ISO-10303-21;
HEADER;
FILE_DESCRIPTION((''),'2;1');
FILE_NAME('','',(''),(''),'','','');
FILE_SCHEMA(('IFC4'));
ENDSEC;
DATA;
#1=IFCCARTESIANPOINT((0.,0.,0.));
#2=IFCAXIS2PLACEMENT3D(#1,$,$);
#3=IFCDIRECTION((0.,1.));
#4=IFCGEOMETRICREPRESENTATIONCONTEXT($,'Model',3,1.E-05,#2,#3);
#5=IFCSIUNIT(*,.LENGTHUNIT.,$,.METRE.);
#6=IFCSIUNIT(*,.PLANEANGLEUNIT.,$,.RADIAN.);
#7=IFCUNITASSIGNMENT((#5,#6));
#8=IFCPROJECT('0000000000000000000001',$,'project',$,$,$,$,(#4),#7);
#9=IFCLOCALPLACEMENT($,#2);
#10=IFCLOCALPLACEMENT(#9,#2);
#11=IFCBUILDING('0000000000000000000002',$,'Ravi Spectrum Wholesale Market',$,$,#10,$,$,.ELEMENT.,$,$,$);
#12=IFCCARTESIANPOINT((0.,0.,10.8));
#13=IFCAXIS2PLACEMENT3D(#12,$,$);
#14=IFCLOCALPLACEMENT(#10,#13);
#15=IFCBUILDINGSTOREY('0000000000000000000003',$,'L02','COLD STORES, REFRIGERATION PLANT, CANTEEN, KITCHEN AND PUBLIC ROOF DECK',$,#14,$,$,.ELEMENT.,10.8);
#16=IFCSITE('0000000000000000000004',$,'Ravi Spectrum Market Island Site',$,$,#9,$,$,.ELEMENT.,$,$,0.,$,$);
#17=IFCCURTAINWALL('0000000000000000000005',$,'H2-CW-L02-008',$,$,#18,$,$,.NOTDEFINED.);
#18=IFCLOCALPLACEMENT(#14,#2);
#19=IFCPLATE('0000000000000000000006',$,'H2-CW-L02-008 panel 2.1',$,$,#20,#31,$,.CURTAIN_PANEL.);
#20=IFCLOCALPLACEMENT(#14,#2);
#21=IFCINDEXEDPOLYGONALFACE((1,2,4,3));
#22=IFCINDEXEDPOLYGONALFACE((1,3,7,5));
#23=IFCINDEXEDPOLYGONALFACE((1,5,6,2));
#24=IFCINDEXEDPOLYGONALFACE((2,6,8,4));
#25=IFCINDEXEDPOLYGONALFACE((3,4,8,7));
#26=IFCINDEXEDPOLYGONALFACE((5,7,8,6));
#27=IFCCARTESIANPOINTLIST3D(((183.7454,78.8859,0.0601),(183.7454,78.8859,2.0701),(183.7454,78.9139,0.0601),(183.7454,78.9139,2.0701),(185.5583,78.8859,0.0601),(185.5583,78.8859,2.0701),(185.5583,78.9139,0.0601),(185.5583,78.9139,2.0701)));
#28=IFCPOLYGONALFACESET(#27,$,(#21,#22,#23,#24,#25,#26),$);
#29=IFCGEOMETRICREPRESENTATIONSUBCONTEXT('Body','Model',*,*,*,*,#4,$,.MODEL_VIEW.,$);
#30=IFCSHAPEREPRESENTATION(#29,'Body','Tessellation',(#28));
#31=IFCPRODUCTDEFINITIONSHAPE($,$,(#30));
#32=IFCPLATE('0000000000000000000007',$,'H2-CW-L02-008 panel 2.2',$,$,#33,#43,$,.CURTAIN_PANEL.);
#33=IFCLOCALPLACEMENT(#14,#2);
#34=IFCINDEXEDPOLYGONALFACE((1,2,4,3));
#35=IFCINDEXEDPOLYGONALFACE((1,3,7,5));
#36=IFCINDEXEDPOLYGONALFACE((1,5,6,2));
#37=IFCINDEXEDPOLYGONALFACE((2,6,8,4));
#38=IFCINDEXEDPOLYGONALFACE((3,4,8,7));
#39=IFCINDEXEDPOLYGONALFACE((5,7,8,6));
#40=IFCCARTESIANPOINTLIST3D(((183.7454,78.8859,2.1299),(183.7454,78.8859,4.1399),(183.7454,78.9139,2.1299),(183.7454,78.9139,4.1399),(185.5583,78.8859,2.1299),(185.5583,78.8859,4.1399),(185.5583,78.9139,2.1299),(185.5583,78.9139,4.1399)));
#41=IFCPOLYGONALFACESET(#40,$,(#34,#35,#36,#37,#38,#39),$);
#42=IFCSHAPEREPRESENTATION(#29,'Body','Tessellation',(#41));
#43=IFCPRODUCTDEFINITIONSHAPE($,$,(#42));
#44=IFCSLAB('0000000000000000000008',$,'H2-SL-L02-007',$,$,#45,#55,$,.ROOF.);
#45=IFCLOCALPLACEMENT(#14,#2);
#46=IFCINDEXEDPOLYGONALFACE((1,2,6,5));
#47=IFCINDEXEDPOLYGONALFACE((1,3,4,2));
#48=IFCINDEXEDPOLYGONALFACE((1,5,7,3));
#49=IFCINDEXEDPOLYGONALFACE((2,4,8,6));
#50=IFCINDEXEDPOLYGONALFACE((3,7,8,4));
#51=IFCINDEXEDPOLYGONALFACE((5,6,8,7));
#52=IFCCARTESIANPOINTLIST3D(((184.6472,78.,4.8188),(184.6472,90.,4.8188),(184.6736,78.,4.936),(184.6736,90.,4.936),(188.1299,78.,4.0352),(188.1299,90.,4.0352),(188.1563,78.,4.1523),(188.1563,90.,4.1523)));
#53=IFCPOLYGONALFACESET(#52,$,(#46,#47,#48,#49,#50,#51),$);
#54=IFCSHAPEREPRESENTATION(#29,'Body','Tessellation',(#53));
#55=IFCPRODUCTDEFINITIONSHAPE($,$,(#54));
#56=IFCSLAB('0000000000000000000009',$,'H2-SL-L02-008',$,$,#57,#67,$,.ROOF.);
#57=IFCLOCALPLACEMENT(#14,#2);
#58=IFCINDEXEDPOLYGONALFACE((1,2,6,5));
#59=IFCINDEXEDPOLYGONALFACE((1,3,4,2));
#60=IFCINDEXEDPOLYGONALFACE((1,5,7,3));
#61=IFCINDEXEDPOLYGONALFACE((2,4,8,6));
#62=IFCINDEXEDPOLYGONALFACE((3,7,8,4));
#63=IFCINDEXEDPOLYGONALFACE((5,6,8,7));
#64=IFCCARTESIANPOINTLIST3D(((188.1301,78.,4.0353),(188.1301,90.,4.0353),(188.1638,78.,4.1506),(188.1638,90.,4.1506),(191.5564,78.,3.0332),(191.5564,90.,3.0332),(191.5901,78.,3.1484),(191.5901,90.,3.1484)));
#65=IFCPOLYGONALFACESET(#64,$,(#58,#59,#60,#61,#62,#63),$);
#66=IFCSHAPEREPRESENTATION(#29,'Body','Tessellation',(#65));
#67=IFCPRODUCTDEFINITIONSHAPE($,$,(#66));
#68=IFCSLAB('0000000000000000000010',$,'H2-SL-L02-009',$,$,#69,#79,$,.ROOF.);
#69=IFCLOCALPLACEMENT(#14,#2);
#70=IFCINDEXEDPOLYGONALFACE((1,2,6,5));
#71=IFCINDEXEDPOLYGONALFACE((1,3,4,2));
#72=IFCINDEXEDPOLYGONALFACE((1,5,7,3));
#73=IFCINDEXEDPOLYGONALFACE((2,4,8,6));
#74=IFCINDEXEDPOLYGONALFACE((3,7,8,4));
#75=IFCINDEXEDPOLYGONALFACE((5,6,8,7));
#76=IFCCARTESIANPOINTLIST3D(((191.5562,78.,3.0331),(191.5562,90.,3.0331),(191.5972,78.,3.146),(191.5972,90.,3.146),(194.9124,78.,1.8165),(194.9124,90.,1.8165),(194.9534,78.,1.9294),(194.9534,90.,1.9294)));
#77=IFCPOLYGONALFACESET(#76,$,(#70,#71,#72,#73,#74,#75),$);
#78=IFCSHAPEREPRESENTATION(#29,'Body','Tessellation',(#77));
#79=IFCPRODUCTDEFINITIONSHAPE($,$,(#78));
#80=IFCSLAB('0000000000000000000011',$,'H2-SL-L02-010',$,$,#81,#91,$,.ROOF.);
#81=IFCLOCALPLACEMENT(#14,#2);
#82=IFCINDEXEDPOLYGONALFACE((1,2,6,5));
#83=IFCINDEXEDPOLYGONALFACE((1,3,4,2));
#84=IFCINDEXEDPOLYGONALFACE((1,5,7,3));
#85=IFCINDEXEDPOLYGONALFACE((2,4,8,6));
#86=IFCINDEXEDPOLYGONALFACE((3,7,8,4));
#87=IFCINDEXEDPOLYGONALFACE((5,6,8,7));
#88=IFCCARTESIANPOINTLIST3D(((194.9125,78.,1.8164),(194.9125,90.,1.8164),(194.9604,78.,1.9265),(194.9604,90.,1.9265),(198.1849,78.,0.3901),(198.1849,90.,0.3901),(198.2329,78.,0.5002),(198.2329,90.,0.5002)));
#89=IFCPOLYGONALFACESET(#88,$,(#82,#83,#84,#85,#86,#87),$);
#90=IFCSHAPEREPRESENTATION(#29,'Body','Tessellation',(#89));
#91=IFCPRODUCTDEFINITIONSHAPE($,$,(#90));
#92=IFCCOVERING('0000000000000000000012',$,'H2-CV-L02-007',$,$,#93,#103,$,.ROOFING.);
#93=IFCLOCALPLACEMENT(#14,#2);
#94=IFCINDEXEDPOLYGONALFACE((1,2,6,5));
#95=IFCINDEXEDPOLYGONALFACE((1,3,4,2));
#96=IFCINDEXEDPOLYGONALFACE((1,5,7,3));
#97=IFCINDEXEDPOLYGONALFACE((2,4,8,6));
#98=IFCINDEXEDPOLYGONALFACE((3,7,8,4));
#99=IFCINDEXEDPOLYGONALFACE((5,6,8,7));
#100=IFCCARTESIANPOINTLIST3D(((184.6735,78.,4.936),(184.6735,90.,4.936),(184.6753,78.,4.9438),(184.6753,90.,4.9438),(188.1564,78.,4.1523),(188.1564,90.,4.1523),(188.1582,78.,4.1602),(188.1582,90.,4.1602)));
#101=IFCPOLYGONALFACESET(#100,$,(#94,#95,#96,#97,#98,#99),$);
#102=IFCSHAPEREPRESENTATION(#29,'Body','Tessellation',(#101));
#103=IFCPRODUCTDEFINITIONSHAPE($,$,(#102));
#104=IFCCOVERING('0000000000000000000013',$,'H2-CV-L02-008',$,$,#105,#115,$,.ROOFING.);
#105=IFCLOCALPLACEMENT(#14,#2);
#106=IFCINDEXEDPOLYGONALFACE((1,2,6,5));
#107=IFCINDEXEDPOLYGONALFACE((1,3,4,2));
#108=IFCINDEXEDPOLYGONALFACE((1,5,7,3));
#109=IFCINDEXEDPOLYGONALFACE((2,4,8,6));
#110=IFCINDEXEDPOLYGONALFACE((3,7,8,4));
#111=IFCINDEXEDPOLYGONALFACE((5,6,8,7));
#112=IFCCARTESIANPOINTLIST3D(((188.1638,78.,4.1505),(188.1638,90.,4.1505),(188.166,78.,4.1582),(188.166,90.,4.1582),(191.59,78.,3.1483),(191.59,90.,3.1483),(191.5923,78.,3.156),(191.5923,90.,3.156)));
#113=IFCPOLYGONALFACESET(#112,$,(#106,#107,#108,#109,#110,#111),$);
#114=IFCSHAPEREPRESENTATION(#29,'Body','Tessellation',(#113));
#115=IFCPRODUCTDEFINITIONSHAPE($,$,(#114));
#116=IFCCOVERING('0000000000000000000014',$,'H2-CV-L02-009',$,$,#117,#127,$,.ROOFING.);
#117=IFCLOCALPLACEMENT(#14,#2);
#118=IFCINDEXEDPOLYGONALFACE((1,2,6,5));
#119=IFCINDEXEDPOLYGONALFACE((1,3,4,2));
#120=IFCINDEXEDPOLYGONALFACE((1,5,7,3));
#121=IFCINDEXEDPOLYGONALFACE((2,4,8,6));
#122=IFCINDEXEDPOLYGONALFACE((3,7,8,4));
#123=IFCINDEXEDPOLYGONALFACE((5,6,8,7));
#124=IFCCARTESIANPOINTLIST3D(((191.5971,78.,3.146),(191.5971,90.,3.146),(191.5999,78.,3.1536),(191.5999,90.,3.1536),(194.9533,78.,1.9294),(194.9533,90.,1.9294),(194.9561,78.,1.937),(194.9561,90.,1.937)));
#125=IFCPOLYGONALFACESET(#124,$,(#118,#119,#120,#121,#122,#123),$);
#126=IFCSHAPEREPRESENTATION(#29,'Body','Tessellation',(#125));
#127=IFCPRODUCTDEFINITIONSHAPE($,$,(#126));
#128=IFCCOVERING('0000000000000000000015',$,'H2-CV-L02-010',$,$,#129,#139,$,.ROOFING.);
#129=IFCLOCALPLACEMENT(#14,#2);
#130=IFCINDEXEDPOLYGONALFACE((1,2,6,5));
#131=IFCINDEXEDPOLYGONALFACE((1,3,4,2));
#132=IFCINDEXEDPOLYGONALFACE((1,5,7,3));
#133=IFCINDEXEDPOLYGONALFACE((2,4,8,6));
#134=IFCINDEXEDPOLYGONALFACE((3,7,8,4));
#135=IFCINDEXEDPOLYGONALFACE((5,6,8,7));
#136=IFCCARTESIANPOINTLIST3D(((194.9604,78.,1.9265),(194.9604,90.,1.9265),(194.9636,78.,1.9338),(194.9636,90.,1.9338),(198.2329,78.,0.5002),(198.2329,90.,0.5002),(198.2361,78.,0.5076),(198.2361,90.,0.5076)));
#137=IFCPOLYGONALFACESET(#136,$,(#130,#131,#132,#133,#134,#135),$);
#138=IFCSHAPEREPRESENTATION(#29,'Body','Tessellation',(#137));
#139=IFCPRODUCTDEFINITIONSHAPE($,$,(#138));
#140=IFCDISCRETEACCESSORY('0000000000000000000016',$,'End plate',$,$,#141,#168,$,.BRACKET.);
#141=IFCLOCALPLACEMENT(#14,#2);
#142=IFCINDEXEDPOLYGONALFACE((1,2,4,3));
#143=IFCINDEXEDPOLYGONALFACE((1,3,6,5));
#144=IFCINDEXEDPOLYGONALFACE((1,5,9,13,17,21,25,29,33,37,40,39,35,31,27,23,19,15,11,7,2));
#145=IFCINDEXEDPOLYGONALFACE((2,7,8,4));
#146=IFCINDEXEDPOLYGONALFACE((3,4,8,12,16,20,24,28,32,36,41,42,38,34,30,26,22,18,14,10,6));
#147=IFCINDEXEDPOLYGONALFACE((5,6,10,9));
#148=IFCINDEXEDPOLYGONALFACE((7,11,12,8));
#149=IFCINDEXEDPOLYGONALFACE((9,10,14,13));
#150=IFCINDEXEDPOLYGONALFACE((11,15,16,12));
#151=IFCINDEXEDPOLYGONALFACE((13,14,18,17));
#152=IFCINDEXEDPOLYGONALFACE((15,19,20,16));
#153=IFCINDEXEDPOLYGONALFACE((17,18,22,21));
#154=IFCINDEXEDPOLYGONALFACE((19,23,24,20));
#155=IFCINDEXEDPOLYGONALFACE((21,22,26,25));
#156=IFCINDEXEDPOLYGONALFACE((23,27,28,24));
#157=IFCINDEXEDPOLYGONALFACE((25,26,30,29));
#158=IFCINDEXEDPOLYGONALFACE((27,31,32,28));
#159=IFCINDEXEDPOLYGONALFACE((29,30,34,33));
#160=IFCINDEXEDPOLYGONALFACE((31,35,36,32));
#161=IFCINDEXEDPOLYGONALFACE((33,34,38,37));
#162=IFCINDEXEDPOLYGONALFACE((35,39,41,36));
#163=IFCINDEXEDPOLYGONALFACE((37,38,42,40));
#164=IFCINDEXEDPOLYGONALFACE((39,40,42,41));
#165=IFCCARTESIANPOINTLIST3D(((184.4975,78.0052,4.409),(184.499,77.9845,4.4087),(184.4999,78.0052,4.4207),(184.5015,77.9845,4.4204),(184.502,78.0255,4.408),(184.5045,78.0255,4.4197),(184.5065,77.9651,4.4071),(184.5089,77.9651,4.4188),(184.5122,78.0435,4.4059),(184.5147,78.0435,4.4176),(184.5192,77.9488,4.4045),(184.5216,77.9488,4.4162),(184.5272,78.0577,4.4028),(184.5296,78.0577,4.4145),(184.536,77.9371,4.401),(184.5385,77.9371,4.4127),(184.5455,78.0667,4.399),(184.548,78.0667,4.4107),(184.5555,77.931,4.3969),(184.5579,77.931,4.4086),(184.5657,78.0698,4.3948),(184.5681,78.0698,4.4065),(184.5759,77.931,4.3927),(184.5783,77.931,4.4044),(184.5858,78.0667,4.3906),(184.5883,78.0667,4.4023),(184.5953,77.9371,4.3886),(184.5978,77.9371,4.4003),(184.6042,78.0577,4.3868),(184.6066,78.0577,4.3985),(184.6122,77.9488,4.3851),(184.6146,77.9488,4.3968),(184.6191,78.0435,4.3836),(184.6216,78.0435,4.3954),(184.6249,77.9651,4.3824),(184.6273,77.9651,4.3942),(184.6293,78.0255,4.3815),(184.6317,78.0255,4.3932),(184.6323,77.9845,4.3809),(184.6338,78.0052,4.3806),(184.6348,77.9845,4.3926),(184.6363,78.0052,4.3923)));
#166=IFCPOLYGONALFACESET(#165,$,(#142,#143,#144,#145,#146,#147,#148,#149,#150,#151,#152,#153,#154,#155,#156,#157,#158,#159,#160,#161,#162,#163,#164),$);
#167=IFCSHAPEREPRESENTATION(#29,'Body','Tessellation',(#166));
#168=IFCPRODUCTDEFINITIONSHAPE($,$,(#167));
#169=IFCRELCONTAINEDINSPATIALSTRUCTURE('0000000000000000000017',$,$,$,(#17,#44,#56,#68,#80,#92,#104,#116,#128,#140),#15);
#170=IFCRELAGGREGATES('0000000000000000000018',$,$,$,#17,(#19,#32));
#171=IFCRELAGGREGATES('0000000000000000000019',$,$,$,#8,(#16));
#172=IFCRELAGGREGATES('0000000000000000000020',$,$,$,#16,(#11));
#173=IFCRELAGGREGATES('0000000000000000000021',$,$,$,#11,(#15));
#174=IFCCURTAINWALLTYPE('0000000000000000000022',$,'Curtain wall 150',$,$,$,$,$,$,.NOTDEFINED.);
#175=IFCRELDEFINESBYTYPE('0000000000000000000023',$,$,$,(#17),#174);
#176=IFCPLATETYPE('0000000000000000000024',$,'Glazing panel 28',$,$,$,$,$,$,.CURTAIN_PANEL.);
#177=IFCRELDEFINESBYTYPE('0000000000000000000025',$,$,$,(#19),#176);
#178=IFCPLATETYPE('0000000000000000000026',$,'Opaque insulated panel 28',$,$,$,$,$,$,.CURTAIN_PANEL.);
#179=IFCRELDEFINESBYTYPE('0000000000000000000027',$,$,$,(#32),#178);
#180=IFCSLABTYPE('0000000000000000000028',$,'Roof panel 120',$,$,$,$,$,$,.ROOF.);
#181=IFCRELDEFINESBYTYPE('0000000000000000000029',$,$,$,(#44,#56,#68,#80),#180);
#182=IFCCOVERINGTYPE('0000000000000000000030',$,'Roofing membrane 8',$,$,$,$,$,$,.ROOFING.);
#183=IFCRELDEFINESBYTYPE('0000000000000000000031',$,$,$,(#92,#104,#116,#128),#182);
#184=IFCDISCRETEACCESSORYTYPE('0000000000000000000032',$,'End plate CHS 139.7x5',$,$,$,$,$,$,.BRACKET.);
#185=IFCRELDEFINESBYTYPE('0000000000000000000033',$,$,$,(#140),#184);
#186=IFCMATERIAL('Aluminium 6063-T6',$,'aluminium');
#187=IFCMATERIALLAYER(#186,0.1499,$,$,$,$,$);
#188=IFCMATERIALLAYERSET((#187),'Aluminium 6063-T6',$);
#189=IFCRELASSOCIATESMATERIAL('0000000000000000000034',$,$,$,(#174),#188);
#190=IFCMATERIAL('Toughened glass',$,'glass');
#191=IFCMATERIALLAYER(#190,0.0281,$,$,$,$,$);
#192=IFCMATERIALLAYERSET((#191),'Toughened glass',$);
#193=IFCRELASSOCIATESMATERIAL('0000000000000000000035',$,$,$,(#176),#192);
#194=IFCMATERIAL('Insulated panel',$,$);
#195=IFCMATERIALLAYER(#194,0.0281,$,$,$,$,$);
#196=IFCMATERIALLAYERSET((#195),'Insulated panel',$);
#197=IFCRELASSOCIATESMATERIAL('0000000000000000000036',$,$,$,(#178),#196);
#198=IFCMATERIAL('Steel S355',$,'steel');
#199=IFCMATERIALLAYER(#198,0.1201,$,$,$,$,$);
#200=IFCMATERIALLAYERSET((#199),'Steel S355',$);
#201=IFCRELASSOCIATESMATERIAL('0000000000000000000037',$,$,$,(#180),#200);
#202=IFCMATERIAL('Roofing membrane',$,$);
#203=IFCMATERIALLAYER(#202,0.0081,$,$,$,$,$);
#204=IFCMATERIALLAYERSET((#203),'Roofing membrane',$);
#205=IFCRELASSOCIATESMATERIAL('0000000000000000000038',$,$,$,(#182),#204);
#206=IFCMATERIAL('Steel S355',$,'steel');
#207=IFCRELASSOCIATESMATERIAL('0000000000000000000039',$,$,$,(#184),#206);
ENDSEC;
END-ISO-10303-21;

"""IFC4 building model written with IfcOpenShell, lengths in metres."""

from ifc_helpers import new_model, si_unit, direction, frame, origin, origin_2d, place, context, subcontext, project, spatial, polyline, rectangle, circle, outline, extrude, material, layer, layer_set, material_profile, profile_set, type_object, element, aggregate, save


model = new_model("IFC4")

# Units and contexts
model_context = context("Model", 3, precision=1e-05, world=origin(), true_north=direction((0.0, 1.0)))
body_context = subcontext(model_context, "Body", "Model", "MODEL_VIEW")
ifc_project = project(units=[si_unit("LENGTHUNIT", "METRE"), si_unit("PLANEANGLEUNIT", "RADIAN")], contexts=[model_context])

# Site, building, storey
site_placement = place(None, origin())
site = spatial("IfcSite", under=ifc_project, at=site_placement, Name="Ravi Spectrum Market Island Site", CompositionType="ELEMENT", RefElevation=0.0)
building_placement = place(site_placement, origin())
building = spatial("IfcBuilding", under=site, at=building_placement, Name="Ravi Spectrum Wholesale Market", CompositionType="ELEMENT")
storey_placement = place(building_placement, frame((0.0, 0.0, 10.8)))
storey = spatial("IfcBuildingStorey", under=building, at=storey_placement, Name="L02", Description="COLD STORES, REFRIGERATION PLANT, CANTEEN, KITCHEN AND PUBLIC ROOF DECK", CompositionType="ELEMENT", Elevation=10.8)

# Curtain wall, plates
ifc_material_1 = material(Name="Aluminium 6063-T6", Category="aluminium")
ifc_layer_1 = layer(ifc_material_1, 0.1499)
ifc_layer_set_1 = layer_set([ifc_layer_1], Name="Aluminium 6063-T6")
curtain_wall_type = type_object("IfcCurtainWallType", Name="Curtain wall 150", PredefinedType="NOTDEFINED", material=ifc_layer_set_1)
curtain_wall_placement = place(storey_placement, origin())
curtain_wall = element("IfcCurtainWall", 1, at=curtain_wall_placement, inside=storey, type_object=curtain_wall_type, Name="H2-CW-L02-008", PredefinedType="NOTDEFINED")
ifc_material_2 = material(Name="Toughened glass", Category="glass")
ifc_layer_2 = layer(ifc_material_2, 0.0281)
ifc_layer_set_2 = layer_set([ifc_layer_2], Name="Toughened glass")
plate_type_1 = type_object("IfcPlateType", Name="Glazing panel 28", PredefinedType="CURTAIN_PANEL", material=ifc_layer_set_2)
plate_1_placement = place(storey_placement, frame((184.6519, 78.8999, 0.0601), z_axis=(0.0, 0.0, 1.0), x_axis=(1.0, 0.0, 0.0)))
plate_1 = element("IfcPlate", 2, at=plate_1_placement, type_object=plate_type_1, Name="H2-CW-L02-008 panel 2.1", PredefinedType="CURTAIN_PANEL", context=body_context, shape_type="SweptSolid", body=[
    extrude(rectangle(XDim=1.813, YDim=0.0281, at=origin_2d()), origin(), (0.0, 0.0, 1.0), 2.01),
])
ifc_material_3 = material(Name="Insulated panel")
ifc_layer_3 = layer(ifc_material_3, 0.0281)
ifc_layer_set_3 = layer_set([ifc_layer_3], Name="Insulated panel")
plate_type_2 = type_object("IfcPlateType", Name="Opaque insulated panel 28", PredefinedType="CURTAIN_PANEL", material=ifc_layer_set_3)
plate_2_placement = place(storey_placement, frame((184.6519, 78.8999, 2.1299), z_axis=(0.0, 0.0, 1.0), x_axis=(1.0, 0.0, 0.0)))
plate_2 = element("IfcPlate", 3, at=plate_2_placement, type_object=plate_type_2, Name="H2-CW-L02-008 panel 2.2", PredefinedType="CURTAIN_PANEL", context=body_context, shape_type="SweptSolid", body=[
    extrude(rectangle(XDim=1.813, YDim=0.0281, at=origin_2d()), origin(), (0.0, 0.0, 1.0), 2.01),
])
aggregate(curtain_wall, [plate_1, plate_2])

# Slabs
ifc_material_4 = material(Name="Steel S355", Category="steel")
ifc_layer_4 = layer(ifc_material_4, 0.1201)
ifc_layer_set_4 = layer_set([ifc_layer_4], Name="Steel S355")
slab_type = type_object("IfcSlabType", Name="Roof panel 120", PredefinedType="ROOF", material=ifc_layer_set_4)
slab_1_placement = place(storey_placement, frame((184.6736, 78.0, 4.936), z_axis=(0.219537, 0.0, 0.975604), x_axis=(0.975604, 0.0, -0.219537)))
element("IfcSlab", 4, at=slab_1_placement, inside=storey, type_object=slab_type, Name="H2-SL-L02-007", PredefinedType="ROOF", context=body_context, shape_type="SweptSolid", body=[
    extrude(outline(polyline([(0.0, 0.0), (3.5698, 0.0), (3.5698, 12.0), (0.0, 12.0), (0.0, 0.0)])), origin(), (0.0, 0.0, -1.0), 0.1201),
])
slab_2_placement = place(storey_placement, frame((188.1638, 78.0, 4.1506), z_axis=(0.28074, 0.0, 0.959784), x_axis=(0.959784, 0.0, -0.28074)))
element("IfcSlab", 5, at=slab_2_placement, inside=storey, type_object=slab_type, Name="H2-SL-L02-008", PredefinedType="ROOF", context=body_context, shape_type="SweptSolid", body=[
    extrude(outline(polyline([(0.0, 0.0), (3.5698, 0.0), (3.5698, 12.0), (0.0, 12.0), (0.0, 0.0)])), origin(), (0.0, 0.0, -1.0), 0.1201),
])
slab_3_placement = place(storey_placement, frame((191.5972, 78.0, 3.146), z_axis=(0.340782, 0.0, 0.940142), x_axis=(0.940142, 0.0, -0.340782)))
element("IfcSlab", 6, at=slab_3_placement, inside=storey, type_object=slab_type, Name="H2-SL-L02-009", PredefinedType="ROOF", context=body_context, shape_type="SweptSolid", body=[
    extrude(outline(polyline([(0.0, 0.0), (3.5699, 0.0), (3.5699, 12.0), (0.0, 12.0), (0.0, 0.0)])), origin(), (0.0, 0.0, -1.0), 0.1201),
])
slab_4_placement = place(storey_placement, frame((194.9604, 78.0, 1.9265), z_axis=(0.399541, 0.0, 0.916715), x_axis=(0.916715, 0.0, -0.399541)))
element("IfcSlab", 7, at=slab_4_placement, inside=storey, type_object=slab_type, Name="H2-SL-L02-010", PredefinedType="ROOF", context=body_context, shape_type="SweptSolid", body=[
    extrude(outline(polyline([(0.0, 0.0), (3.5698, 0.0), (3.5698, 12.0), (0.0, 12.0), (0.0, 0.0)])), origin(), (0.0, 0.0, -1.0), 0.1201),
])

# Coverings
ifc_material_5 = material(Name="Roofing membrane")
ifc_layer_5 = layer(ifc_material_5, 0.0081)
ifc_layer_set_5 = layer_set([ifc_layer_5], Name="Roofing membrane")
covering_type = type_object("IfcCoveringType", Name="Roofing membrane 8", PredefinedType="ROOFING", material=ifc_layer_set_5)
covering_1_placement = place(storey_placement, frame((184.6753, 78.0, 4.9438), z_axis=(0.219522, 0.0, 0.975608), x_axis=(0.975608, 0.0, -0.219522)))
element("IfcCovering", 8, at=covering_1_placement, inside=storey, type_object=covering_type, Name="H2-CV-L02-007", PredefinedType="ROOFING", context=body_context, shape_type="SweptSolid", body=[
    extrude(outline(polyline([(0.0, 0.0), (3.57, 0.0), (3.57, 12.0), (0.0, 12.0), (0.0, 0.0)])), origin(), (0.0, 0.0, -1.0), 0.0081),
])
covering_2_placement = place(storey_placement, frame((188.166, 78.0, 4.1582), z_axis=(0.28074, 0.0, 0.959784), x_axis=(0.959784, 0.0, -0.28074)))
element("IfcCovering", 9, at=covering_2_placement, inside=storey, type_object=covering_type, Name="H2-CV-L02-008", PredefinedType="ROOFING", context=body_context, shape_type="SweptSolid", body=[
    extrude(outline(polyline([(0.0, 0.0), (3.5698, 0.0), (3.5698, 12.0), (0.0, 12.0), (0.0, 0.0)])), origin(), (0.0, 0.0, -1.0), 0.0081),
])
covering_3_placement = place(storey_placement, frame((191.5999, 78.0, 3.1536), z_axis=(0.340782, 0.0, 0.940142), x_axis=(0.940142, 0.0, -0.340782)))
element("IfcCovering", 10, at=covering_3_placement, inside=storey, type_object=covering_type, Name="H2-CV-L02-009", PredefinedType="ROOFING", context=body_context, shape_type="SweptSolid", body=[
    extrude(outline(polyline([(0.0, 0.0), (3.5699, 0.0), (3.5699, 12.0), (0.0, 12.0), (0.0, 0.0)])), origin(), (0.0, 0.0, -1.0), 0.0081),
])
covering_4_placement = place(storey_placement, frame((194.9636, 78.0, 1.9338), z_axis=(0.399541, 0.0, 0.916715), x_axis=(0.916715, 0.0, -0.399541)))
element("IfcCovering", 11, at=covering_4_placement, inside=storey, type_object=covering_type, Name="H2-CV-L02-010", PredefinedType="ROOFING", context=body_context, shape_type="SweptSolid", body=[
    extrude(outline(polyline([(0.0, 0.0), (3.5698, 0.0), (3.5698, 12.0), (0.0, 12.0), (0.0, 0.0)])), origin(), (0.0, 0.0, -1.0), 0.0081),
])

# Discrete accessory
ifc_material_6 = material(Name="Steel S355", Category="steel")
ifc_material_profile_1 = material_profile(ifc_material_6, circle(Radius=0.0698, at=origin_2d()))
ifc_profile_set_1 = profile_set([ifc_material_profile_1], Name="Steel S355")
discrete_accessory_type_1 = type_object("IfcDiscreteAccessoryType", Name="End plate CHS 139.7x5", PredefinedType="BRACKET", material=ifc_profile_set_1)
for number, where, z_axis, x_axis, name in (
    (12, (184.5657, 78.0, 4.3948), (0.203954, 0.0, 0.97898), (0.0, 1.0, 0.0), "End plate"),
):
    element("IfcDiscreteAccessory", number, at=place(storey_placement, frame(where, z_axis=z_axis, x_axis=x_axis)), inside=storey, type_object=discrete_accessory_type_1, Name=name, PredefinedType="BRACKET", context=body_context, shape_type="SweptSolid", body=[
        extrude(circle(Radius=0.0698, at=origin_2d()), origin(), (0.0, 0.0, 1.0), 0.012),
    ])

save(model, "model.ifc")
